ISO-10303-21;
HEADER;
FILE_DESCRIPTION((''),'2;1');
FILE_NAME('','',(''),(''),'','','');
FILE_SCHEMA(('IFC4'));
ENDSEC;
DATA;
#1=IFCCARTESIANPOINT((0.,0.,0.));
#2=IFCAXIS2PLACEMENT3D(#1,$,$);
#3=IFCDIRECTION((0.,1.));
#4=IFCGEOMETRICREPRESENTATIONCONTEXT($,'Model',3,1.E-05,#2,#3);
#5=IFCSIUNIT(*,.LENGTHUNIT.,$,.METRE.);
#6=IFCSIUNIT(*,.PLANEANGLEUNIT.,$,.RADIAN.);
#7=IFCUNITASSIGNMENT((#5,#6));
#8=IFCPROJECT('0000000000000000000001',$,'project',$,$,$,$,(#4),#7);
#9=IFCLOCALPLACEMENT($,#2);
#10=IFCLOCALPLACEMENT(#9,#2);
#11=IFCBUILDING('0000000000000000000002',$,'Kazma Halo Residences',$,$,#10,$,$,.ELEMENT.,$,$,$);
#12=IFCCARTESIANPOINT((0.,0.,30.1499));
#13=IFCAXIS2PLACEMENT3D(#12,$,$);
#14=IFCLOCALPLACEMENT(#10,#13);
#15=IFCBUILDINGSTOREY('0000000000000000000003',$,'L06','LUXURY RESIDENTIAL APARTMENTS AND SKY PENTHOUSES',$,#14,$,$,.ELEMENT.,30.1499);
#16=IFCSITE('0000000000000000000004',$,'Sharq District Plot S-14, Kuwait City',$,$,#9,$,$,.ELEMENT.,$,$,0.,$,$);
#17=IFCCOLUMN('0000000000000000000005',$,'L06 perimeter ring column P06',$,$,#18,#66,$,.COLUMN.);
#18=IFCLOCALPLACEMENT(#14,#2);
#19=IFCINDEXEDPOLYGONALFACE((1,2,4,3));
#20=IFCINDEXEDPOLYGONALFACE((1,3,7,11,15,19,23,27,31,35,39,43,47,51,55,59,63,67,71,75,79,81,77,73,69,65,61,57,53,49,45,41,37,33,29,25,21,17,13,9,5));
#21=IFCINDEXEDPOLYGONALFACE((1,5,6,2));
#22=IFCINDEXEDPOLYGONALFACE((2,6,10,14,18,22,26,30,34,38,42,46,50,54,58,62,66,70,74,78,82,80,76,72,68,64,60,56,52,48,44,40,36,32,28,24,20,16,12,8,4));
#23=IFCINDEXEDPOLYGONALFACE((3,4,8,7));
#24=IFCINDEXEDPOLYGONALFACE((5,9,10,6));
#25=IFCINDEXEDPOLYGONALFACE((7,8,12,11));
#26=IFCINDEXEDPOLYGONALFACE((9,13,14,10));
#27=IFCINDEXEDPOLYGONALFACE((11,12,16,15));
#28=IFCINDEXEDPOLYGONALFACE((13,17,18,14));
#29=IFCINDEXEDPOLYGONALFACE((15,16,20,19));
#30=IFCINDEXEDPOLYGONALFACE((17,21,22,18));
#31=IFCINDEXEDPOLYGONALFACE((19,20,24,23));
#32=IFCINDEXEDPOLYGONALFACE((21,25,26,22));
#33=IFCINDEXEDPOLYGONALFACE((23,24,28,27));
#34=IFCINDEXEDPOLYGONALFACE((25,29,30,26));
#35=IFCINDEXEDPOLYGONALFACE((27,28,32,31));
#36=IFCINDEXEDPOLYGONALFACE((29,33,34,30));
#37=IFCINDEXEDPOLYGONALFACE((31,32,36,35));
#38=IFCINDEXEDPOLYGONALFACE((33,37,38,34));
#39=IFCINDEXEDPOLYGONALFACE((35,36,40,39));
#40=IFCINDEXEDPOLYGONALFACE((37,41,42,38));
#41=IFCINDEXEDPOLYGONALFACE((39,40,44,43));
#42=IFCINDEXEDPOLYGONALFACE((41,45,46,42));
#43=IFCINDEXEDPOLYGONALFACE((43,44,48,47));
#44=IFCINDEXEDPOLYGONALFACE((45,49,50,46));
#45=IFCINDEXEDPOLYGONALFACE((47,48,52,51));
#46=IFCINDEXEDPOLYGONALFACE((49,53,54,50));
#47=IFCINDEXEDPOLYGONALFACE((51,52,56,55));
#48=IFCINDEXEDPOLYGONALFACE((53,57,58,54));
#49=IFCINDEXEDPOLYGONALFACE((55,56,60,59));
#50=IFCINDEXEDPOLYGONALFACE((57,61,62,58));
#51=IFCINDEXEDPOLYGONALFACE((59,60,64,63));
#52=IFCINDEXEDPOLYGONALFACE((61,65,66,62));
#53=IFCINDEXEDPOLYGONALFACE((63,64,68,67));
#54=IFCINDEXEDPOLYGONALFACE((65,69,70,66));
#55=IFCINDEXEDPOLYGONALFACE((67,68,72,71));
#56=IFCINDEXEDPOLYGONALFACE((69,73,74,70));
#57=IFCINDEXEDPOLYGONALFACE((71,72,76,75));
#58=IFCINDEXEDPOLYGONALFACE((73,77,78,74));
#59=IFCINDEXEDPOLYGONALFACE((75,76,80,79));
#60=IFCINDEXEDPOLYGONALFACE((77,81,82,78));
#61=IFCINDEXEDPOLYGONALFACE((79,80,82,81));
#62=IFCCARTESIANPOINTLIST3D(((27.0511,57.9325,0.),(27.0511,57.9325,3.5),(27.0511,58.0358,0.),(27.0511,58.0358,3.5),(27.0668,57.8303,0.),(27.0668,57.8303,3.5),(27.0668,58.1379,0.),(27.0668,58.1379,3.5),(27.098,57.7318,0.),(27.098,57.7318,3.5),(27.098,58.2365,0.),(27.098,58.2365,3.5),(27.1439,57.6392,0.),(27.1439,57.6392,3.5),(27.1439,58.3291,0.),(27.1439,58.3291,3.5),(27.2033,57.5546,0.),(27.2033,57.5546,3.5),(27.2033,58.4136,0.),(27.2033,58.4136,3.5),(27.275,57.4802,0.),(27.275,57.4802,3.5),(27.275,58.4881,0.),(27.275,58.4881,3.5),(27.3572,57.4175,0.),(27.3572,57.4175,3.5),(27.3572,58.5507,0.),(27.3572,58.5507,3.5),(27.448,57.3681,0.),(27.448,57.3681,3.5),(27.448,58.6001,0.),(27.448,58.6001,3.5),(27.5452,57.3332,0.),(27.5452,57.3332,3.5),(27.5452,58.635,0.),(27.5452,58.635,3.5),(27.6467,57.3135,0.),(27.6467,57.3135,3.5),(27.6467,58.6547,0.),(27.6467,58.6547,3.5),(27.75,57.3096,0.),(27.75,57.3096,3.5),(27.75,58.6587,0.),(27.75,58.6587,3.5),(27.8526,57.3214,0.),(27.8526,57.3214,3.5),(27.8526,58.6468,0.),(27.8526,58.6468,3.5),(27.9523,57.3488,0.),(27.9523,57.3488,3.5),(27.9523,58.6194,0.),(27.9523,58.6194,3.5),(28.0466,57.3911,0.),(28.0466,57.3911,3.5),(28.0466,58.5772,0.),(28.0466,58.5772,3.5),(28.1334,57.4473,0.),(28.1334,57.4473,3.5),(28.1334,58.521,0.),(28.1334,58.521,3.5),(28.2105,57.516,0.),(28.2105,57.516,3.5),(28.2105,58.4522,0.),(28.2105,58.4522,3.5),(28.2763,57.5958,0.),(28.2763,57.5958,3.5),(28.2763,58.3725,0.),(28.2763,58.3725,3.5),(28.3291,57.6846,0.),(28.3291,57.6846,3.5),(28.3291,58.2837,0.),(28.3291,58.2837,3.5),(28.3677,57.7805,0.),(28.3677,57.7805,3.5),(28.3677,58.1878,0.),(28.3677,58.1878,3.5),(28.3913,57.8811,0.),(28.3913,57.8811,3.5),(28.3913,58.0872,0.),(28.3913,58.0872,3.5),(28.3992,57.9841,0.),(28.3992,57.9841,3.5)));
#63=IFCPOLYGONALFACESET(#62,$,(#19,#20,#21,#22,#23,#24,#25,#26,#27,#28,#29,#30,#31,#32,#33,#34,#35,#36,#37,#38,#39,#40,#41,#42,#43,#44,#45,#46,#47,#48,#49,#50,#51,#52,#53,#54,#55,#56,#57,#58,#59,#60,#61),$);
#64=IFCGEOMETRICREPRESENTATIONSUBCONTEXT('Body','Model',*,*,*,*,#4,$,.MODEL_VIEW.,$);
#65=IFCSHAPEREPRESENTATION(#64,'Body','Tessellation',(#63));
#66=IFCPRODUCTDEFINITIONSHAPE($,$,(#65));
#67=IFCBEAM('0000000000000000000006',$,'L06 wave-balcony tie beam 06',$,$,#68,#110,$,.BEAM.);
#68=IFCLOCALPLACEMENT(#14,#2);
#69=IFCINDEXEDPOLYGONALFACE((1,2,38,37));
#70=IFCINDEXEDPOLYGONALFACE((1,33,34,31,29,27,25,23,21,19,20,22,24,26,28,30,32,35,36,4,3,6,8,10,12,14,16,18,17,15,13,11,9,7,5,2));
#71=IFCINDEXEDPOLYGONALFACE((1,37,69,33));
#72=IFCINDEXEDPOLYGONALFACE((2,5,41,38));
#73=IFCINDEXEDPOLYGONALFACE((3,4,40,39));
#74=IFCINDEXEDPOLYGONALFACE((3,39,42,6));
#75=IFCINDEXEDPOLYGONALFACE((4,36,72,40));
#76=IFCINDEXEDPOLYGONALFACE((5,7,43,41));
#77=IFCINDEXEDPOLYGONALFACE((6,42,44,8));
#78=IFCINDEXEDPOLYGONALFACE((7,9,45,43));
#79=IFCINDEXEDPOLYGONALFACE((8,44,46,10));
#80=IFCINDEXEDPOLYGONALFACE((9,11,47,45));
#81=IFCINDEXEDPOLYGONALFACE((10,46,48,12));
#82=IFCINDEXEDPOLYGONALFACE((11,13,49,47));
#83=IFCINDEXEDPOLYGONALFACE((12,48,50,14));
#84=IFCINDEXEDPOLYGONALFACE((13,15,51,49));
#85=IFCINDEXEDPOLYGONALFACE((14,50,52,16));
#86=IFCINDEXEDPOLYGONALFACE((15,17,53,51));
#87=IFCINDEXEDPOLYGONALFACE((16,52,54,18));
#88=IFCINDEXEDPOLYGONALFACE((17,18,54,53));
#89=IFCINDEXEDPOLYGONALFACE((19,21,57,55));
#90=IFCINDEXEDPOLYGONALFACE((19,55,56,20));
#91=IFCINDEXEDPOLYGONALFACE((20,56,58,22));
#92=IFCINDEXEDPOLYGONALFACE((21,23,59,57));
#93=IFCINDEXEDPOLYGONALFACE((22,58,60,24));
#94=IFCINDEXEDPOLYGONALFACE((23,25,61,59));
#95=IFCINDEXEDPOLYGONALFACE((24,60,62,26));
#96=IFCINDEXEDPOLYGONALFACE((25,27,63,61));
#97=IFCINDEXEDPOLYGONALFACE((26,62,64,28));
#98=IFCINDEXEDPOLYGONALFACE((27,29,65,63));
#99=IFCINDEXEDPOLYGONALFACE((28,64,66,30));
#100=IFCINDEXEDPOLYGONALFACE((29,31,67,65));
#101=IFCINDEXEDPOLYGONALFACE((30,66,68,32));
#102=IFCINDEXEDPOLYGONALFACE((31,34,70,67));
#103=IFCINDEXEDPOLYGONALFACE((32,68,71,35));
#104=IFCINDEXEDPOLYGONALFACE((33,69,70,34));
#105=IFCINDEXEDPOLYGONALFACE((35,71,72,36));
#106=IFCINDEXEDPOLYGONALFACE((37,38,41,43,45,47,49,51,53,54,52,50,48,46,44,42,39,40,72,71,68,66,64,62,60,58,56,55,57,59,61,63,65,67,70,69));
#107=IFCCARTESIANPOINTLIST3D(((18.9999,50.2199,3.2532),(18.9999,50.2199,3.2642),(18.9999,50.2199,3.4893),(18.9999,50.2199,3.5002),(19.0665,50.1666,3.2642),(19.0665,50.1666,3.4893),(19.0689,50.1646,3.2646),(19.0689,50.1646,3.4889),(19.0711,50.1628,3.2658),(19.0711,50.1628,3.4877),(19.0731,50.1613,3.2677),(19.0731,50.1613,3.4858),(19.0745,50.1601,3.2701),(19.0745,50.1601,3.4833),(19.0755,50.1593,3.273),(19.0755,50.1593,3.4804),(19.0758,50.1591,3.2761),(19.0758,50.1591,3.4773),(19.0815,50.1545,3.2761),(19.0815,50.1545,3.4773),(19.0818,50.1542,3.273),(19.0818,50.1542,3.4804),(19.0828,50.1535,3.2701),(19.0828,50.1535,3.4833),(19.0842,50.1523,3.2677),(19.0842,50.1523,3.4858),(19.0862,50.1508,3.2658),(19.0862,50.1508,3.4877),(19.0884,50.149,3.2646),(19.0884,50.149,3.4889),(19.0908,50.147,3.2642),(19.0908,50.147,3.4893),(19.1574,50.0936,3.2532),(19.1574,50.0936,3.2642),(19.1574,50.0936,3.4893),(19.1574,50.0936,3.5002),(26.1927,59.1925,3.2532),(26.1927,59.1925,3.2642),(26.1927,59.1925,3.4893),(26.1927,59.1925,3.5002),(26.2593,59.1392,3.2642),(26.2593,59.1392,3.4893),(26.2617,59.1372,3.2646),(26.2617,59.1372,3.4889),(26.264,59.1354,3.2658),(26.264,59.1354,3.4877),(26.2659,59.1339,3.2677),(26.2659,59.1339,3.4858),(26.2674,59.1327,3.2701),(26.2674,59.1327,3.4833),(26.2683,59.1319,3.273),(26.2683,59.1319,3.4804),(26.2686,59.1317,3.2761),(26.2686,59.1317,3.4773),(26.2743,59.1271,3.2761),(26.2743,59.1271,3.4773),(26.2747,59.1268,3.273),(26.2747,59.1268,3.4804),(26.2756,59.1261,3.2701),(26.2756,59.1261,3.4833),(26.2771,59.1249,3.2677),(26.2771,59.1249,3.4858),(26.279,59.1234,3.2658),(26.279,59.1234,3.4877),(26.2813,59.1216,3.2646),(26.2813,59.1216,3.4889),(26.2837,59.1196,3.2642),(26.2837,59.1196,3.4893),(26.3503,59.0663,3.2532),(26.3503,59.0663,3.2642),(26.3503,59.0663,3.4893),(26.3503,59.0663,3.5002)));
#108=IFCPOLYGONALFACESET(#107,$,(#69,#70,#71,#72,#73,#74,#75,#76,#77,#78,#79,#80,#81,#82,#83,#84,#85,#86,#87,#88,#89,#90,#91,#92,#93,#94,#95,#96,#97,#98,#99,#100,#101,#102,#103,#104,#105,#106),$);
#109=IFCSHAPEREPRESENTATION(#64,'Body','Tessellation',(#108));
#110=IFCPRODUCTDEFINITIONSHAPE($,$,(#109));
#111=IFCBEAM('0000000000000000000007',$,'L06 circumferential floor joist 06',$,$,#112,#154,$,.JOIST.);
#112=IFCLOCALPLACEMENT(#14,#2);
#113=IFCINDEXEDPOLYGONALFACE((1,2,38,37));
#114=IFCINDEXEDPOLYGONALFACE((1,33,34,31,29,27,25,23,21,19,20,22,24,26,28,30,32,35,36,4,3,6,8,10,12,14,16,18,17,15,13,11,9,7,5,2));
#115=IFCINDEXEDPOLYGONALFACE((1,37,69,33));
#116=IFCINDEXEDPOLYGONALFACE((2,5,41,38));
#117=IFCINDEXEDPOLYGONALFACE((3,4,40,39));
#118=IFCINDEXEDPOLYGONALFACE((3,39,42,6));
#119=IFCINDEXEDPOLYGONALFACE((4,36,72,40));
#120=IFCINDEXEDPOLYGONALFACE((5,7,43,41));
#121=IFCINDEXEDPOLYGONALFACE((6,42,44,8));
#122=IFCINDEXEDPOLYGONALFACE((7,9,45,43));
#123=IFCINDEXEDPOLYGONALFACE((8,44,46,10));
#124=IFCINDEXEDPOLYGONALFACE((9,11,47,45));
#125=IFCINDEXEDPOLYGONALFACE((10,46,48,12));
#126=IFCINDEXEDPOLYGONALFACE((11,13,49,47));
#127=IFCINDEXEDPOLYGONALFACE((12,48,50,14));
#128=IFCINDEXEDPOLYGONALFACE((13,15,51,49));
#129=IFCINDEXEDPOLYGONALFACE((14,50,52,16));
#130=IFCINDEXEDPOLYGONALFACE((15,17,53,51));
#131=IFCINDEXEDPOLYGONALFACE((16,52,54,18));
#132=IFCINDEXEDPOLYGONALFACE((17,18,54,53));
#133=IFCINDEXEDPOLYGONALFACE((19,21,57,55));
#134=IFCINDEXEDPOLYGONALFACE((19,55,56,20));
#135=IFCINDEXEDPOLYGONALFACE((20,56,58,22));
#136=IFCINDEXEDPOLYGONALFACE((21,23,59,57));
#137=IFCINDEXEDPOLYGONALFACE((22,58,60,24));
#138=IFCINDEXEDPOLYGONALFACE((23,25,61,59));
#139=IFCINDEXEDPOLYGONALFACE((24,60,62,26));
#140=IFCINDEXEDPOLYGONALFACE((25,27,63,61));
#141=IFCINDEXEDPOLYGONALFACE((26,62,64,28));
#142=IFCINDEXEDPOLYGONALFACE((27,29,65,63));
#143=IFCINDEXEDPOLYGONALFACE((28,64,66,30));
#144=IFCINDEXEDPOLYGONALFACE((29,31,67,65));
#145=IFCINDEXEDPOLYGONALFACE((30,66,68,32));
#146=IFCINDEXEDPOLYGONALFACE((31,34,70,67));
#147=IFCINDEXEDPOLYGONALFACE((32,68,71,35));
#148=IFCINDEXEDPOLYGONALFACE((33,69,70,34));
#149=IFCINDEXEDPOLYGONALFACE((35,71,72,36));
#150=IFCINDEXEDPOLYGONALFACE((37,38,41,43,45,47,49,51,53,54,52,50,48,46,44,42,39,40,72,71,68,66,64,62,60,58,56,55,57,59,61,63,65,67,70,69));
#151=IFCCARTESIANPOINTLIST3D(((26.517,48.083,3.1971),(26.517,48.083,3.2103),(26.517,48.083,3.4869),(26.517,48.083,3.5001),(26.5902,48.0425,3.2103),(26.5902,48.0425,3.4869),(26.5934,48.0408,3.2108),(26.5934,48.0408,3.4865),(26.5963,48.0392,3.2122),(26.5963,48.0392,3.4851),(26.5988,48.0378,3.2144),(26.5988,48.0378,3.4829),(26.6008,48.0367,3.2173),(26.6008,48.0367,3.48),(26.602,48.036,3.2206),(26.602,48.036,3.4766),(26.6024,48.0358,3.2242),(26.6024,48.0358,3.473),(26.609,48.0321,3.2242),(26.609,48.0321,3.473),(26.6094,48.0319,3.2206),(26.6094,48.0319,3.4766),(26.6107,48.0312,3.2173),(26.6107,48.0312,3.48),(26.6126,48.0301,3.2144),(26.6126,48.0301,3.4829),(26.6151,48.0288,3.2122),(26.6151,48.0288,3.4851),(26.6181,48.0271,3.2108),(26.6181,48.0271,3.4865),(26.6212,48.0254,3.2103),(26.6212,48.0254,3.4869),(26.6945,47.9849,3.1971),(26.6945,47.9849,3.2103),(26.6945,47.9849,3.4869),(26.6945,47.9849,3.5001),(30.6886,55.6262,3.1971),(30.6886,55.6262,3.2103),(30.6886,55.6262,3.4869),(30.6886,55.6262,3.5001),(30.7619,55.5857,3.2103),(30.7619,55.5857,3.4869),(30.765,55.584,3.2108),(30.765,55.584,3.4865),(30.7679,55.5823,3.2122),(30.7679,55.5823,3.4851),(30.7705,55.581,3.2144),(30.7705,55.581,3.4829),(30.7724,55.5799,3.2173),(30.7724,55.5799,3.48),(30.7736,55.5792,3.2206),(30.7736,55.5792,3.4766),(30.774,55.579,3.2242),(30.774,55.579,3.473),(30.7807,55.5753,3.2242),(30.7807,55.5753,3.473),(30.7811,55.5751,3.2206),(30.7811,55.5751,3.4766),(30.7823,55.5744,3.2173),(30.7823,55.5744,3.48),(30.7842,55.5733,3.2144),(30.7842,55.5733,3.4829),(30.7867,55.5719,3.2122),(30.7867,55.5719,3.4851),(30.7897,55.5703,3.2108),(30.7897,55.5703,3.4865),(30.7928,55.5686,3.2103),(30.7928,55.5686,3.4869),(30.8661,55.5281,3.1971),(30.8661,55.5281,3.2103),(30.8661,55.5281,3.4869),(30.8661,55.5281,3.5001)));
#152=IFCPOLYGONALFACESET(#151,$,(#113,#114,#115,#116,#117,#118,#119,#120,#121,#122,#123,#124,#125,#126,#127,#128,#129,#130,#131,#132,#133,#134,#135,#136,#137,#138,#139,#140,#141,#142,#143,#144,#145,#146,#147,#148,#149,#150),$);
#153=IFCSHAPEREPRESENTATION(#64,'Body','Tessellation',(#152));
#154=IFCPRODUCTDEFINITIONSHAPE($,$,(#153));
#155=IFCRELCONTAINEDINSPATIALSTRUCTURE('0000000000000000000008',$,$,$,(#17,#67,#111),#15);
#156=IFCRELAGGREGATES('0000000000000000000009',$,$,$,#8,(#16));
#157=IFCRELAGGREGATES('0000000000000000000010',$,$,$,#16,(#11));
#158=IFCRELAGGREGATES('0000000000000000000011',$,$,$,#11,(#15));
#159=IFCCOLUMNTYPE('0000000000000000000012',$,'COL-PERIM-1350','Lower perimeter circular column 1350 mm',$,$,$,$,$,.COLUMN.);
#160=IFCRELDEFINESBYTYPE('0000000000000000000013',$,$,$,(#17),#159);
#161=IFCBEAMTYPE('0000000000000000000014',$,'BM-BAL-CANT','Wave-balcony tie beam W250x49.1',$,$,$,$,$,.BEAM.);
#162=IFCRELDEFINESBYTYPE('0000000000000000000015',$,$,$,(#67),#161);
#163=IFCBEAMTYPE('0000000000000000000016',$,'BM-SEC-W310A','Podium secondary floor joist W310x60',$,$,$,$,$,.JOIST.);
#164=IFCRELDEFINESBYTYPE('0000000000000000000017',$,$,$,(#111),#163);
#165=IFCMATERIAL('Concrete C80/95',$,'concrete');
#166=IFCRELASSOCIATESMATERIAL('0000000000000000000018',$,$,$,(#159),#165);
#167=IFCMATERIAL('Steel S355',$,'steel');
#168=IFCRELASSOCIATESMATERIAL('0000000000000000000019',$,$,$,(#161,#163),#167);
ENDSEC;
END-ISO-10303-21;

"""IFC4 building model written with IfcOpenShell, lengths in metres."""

from ifc_helpers import new_model, si_unit, direction, frame, origin, origin_2d, place, context, subcontext, project, spatial, circle, i_section, extrude, material, material_profile, profile_set, type_object, element, save


model = new_model("IFC4")

# Units and contexts
model_context = context("Model", 3, precision=1e-05, world=origin(), true_north=direction((0.0, 1.0)))
body_context = subcontext(model_context, "Body", "Model", "MODEL_VIEW")
ifc_project = project(units=[si_unit("LENGTHUNIT", "METRE"), si_unit("PLANEANGLEUNIT", "RADIAN")], contexts=[model_context])

# Site, building, storey
site_placement = place(None, origin())
site = spatial("IfcSite", under=ifc_project, at=site_placement, Name="Sharq District Plot S-14, Kuwait City", CompositionType="ELEMENT", RefElevation=0.0)
building_placement = place(site_placement, origin())
building = spatial("IfcBuilding", under=site, at=building_placement, Name="Kazma Halo Residences", CompositionType="ELEMENT")
storey_placement = place(building_placement, frame((0.0, 0.0, 30.1499)))
storey = spatial("IfcBuildingStorey", under=building, at=storey_placement, Name="L06", Description="LUXURY RESIDENTIAL APARTMENTS AND SKY PENTHOUSES", CompositionType="ELEMENT", Elevation=30.1499)

# Column
ifc_material_1 = material(Name="Concrete C80/95", Category="concrete")
ifc_material_profile_1 = material_profile(ifc_material_1, circle(Radius=0.675, at=origin_2d()), Name="CIRC1350")
ifc_profile_set_1 = profile_set([ifc_material_profile_1], Name="Concrete C80/95")
column_type = type_object("IfcColumnType", Name="COL-PERIM-1350", Description="Lower perimeter circular column 1350 mm", PredefinedType="COLUMN", material=ifc_profile_set_1)
column_placement = place(storey_placement, frame((27.7241, 57.9841, 0.0), z_axis=(0.0, 0.0, 1.0), x_axis=(1.0, 0.0, 0.0)))
element("IfcColumn", 1, at=column_placement, inside=storey, type_object=column_type, Name="L06 perimeter ring column P06", PredefinedType="COLUMN", context=body_context, shape_type="SweptSolid", body=[
    extrude(circle(Radius=0.675, at=origin_2d()), origin(), (0.0, 0.0, 1.0), 3.5),
])

# Beams
ifc_material_2 = material(Name="Steel S355", Category="steel")
ifc_material_profile_2 = material_profile(ifc_material_2, i_section(OverallWidth=0.2019, OverallDepth=0.2471, WebThickness=0.0073, FlangeThickness=0.011, FilletRadius=0.012, at=origin_2d()), Name="W250x49.1")
ifc_profile_set_2 = profile_set([ifc_material_profile_2], Name="Steel S355")
beam_type_1 = type_object("IfcBeamType", Name="BM-BAL-CANT", Description="Wave-balcony tie beam W250x49.1", PredefinedType="BEAM", material=ifc_profile_set_2)
beam_1_placement = place(storey_placement, frame((26.2715, 59.1294, 3.3767), z_axis=(-0.625477, -0.780243, 0.0), x_axis=(0.780243, -0.625477, 0.0)))
element("IfcBeam", 2, at=beam_1_placement, inside=storey, type_object=beam_type_1, Name="L06 wave-balcony tie beam 06", PredefinedType="BEAM", context=body_context, shape_type="SweptSolid", body=[
    extrude(i_section(OverallWidth=0.2019, OverallDepth=0.2471, WebThickness=0.0073, FlangeThickness=0.011, FilletRadius=0.012, at=origin_2d()), origin(), (0.0, 0.0, 1.0), 11.4998),
])
ifc_material_profile_3 = material_profile(ifc_material_2, i_section(OverallWidth=0.2029, OverallDepth=0.303, WebThickness=0.0076, FlangeThickness=0.0132, FilletRadius=0.0139, at=origin_2d()), Name="W310x60")
ifc_profile_set_3 = profile_set([ifc_material_profile_3], Name="Steel S355")
beam_type_2 = type_object("IfcBeamType", Name="BM-SEC-W310A", Description="Podium secondary floor joist W310x60", PredefinedType="JOIST", material=ifc_profile_set_3)
beam_2_placement = place(storey_placement, frame((30.7773, 55.5771, 3.3486), z_axis=(-0.483954, -0.875094, 0.0), x_axis=(0.875094, -0.483954, 0.0)))
element("IfcBeam", 3, at=beam_2_placement, inside=storey, type_object=beam_type_2, Name="L06 circumferential floor joist 06", PredefinedType="JOIST", context=body_context, shape_type="SweptSolid", body=[
    extrude(i_section(OverallWidth=0.2029, OverallDepth=0.303, WebThickness=0.0076, FlangeThickness=0.0132, FilletRadius=0.0139, at=origin_2d()), origin(), (0.0, 0.0, 1.0), 8.6199),
])

save(model, "model.ifc")
